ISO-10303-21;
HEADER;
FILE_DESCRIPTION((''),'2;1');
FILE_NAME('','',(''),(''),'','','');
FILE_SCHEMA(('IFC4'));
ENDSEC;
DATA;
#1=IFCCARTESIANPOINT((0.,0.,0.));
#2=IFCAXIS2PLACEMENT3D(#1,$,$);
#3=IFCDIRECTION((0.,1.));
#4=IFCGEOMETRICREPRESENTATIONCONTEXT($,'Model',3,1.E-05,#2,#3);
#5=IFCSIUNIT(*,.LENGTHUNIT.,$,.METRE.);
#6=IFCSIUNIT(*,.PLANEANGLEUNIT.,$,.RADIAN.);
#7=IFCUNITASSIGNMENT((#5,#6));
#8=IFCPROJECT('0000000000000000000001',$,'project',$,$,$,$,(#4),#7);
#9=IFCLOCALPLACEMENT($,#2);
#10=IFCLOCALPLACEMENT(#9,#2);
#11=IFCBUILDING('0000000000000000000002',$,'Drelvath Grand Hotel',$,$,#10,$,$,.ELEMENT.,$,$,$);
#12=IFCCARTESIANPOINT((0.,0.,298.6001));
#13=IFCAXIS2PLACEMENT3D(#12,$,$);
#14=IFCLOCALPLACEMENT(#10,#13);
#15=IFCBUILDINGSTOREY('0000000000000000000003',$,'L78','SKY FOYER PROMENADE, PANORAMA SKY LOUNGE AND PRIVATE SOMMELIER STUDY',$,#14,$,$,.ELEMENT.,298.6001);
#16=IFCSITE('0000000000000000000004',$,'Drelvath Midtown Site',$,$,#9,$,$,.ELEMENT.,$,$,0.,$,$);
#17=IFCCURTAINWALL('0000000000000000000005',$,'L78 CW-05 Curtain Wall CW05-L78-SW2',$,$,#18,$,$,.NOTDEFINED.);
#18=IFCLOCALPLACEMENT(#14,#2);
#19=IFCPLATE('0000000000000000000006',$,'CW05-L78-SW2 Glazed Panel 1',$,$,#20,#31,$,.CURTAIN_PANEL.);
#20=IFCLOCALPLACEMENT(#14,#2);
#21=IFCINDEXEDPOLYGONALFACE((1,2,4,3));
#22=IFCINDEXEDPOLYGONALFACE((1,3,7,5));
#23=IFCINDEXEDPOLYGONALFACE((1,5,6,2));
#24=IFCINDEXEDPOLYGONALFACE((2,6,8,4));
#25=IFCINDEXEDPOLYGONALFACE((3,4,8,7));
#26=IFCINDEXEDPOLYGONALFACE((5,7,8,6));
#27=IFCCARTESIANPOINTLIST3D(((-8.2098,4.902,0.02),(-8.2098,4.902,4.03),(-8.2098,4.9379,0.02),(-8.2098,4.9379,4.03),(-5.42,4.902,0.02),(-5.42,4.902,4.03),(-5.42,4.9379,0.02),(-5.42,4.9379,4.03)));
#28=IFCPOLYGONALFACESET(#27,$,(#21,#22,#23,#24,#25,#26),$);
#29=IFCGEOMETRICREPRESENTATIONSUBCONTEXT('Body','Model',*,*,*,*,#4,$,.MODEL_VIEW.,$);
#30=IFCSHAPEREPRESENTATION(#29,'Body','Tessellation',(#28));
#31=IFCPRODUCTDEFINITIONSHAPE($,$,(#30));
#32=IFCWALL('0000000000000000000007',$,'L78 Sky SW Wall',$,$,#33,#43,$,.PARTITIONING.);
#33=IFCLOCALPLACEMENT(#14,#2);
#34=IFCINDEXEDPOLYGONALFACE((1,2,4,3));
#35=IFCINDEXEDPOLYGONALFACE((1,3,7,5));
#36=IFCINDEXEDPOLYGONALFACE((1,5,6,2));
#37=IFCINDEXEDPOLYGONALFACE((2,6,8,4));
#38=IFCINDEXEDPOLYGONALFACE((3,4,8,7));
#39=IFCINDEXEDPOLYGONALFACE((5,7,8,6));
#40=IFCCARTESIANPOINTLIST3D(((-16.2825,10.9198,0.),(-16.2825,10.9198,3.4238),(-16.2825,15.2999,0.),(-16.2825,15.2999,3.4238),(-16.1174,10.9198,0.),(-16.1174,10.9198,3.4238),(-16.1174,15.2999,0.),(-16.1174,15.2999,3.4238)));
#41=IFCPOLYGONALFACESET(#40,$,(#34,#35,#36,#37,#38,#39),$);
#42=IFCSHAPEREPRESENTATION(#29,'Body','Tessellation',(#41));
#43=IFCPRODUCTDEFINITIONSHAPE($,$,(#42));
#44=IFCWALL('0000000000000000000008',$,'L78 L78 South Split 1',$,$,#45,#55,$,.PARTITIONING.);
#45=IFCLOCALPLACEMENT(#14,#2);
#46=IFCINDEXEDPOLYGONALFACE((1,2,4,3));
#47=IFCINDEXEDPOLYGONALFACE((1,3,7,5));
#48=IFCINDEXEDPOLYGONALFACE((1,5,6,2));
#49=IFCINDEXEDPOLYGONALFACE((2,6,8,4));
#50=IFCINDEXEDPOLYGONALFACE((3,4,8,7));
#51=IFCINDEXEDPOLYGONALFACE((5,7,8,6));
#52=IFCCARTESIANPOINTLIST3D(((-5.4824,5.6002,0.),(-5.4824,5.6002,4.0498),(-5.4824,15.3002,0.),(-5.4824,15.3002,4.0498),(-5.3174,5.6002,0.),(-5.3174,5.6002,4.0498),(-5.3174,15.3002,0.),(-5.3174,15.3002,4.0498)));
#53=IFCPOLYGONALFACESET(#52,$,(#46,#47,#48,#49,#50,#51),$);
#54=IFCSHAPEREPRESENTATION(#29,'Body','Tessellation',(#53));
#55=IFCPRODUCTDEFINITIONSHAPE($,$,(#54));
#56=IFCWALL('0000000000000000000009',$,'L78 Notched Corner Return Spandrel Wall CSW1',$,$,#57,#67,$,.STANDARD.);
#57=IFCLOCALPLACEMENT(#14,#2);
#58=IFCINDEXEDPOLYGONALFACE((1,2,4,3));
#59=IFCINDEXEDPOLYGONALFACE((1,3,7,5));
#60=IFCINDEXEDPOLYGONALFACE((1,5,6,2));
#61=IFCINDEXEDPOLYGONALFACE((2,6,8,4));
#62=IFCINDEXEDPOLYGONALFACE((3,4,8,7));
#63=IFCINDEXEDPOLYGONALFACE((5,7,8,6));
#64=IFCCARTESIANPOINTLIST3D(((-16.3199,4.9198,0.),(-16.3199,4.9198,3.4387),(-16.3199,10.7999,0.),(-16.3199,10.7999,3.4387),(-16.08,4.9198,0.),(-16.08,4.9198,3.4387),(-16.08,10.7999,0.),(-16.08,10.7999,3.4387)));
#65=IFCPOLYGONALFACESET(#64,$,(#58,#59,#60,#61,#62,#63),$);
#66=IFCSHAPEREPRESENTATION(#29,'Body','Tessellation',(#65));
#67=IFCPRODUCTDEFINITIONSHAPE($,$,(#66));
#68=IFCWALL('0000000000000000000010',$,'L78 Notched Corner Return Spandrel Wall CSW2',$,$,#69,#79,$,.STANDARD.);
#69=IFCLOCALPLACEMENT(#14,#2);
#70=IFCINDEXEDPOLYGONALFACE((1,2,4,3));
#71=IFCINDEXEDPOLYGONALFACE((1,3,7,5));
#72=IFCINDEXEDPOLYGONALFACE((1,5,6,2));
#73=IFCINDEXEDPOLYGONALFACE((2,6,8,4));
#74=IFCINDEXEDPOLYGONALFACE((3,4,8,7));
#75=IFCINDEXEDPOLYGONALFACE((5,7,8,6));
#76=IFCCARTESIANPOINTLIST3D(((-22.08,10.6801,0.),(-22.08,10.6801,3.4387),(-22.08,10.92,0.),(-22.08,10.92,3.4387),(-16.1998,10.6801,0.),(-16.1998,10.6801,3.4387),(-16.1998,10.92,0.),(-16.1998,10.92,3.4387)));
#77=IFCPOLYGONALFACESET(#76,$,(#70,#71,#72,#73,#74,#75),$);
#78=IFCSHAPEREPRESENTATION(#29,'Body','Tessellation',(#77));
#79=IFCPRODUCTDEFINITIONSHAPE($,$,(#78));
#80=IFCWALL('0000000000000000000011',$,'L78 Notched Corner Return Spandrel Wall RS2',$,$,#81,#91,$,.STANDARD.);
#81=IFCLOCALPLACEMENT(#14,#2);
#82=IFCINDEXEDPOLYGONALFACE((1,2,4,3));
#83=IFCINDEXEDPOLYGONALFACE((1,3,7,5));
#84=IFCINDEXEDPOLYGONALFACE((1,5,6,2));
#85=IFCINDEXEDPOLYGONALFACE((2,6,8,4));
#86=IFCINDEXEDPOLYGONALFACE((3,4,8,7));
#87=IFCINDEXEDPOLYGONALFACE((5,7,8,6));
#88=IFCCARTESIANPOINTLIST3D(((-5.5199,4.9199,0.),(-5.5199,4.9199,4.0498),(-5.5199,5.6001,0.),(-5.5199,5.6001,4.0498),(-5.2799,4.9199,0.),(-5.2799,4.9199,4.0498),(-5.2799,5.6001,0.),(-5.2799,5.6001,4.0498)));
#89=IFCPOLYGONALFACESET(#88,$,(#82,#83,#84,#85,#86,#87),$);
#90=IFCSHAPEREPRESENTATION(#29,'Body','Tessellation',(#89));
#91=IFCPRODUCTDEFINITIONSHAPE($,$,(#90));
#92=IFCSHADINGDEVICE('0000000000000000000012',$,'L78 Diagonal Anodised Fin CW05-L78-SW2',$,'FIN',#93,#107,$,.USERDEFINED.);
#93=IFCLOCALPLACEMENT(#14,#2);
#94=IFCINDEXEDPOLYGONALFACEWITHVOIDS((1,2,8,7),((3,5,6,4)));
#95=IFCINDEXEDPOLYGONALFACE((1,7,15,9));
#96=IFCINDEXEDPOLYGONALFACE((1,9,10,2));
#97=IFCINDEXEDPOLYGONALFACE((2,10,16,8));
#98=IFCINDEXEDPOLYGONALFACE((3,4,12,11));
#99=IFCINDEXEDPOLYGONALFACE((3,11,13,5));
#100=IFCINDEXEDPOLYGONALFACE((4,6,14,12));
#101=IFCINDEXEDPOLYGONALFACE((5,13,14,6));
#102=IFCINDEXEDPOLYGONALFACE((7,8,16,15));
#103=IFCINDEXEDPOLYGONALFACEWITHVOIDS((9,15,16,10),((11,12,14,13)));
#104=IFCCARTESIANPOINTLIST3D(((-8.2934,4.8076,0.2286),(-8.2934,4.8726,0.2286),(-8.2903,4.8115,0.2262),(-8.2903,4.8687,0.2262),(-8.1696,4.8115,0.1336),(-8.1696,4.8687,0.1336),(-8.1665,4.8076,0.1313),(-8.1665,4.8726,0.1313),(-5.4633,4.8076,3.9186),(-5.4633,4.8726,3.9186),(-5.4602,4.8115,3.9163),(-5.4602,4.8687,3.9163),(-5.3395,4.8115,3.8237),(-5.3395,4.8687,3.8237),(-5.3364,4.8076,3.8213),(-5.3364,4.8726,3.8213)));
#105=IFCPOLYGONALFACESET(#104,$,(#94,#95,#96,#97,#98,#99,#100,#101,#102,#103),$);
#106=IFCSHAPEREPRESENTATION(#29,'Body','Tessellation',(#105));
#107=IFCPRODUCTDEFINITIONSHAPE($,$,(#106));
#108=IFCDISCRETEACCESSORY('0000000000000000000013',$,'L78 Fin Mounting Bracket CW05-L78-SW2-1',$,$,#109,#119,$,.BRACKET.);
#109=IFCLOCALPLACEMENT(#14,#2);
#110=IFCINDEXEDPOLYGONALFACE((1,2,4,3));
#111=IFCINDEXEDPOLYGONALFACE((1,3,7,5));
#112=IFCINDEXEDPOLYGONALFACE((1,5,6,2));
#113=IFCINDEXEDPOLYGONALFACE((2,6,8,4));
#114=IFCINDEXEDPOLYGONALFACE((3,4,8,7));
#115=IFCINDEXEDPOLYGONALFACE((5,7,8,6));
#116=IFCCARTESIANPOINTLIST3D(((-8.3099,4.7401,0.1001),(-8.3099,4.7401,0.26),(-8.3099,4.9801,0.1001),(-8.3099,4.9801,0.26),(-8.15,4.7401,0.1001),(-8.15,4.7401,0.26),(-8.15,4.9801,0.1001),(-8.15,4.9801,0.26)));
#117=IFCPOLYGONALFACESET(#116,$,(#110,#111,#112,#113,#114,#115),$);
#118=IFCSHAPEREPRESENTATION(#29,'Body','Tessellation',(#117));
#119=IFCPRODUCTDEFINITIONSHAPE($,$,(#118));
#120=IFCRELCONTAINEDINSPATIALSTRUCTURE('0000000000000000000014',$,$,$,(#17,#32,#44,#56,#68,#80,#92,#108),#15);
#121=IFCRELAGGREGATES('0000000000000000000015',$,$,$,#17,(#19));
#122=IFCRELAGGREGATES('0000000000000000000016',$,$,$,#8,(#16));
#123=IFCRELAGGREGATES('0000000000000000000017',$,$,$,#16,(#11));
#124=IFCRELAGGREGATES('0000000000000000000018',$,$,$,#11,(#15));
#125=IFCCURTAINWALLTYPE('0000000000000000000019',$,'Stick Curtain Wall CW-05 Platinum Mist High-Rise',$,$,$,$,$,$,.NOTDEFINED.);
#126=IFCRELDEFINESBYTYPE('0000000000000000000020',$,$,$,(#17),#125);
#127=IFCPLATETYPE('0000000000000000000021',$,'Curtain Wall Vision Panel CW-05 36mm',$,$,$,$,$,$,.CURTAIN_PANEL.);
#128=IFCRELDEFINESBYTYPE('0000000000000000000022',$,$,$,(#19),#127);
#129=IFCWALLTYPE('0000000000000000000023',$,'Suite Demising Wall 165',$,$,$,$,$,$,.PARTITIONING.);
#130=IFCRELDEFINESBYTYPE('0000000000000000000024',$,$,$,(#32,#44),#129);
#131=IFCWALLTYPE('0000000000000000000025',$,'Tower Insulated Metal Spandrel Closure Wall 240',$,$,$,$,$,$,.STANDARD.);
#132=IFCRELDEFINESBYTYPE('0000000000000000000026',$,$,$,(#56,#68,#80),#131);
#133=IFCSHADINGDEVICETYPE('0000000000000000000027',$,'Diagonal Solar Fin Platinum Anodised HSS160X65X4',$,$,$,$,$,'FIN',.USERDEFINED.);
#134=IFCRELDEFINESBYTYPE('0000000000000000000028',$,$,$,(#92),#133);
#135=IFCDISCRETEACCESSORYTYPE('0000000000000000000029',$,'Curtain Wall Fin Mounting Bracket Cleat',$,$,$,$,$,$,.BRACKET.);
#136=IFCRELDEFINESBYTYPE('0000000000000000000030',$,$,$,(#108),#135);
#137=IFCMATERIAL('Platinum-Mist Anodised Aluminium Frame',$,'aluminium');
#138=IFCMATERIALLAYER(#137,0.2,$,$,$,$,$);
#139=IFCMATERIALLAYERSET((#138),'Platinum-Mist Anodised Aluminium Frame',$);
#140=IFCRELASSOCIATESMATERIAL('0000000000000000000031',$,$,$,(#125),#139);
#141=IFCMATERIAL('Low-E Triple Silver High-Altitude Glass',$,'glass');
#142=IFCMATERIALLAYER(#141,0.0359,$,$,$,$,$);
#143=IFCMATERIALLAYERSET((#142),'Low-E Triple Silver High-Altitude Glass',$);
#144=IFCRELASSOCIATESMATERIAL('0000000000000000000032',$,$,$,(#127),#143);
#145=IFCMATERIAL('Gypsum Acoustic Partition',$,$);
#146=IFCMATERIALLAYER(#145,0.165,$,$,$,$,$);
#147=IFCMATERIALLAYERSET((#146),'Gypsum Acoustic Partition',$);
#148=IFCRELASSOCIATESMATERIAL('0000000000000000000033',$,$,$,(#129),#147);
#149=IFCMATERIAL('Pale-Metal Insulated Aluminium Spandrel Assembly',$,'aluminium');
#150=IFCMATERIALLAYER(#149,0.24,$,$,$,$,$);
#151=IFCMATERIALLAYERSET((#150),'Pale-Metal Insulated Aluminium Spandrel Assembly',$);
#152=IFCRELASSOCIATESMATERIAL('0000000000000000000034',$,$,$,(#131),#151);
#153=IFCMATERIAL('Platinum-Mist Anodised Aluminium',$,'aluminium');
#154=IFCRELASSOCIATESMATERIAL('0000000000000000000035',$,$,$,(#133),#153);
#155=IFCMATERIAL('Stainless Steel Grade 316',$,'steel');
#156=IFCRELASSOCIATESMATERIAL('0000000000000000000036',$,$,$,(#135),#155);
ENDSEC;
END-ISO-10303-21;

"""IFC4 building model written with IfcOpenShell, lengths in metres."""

from ifc_helpers import new_model, si_unit, direction, frame, frame_2d, origin, origin_2d, place, context, subcontext, project, spatial, rectangle, hollow_rectangle, extrude, material, layer, layer_set, material_profile, profile_set, type_object, element, aggregate, save


model = new_model("IFC4")

# Units and contexts
model_context = context("Model", 3, precision=1e-05, world=origin(), true_north=direction((0.0, 1.0)))
body_context = subcontext(model_context, "Body", "Model", "MODEL_VIEW")
ifc_project = project(units=[si_unit("LENGTHUNIT", "METRE"), si_unit("PLANEANGLEUNIT", "RADIAN")], contexts=[model_context])

# Site, building, storey
site_placement = place(None, origin())
site = spatial("IfcSite", under=ifc_project, at=site_placement, Name="Drelvath Midtown Site", CompositionType="ELEMENT", RefElevation=0.0)
building_placement = place(site_placement, origin())
building = spatial("IfcBuilding", under=site, at=building_placement, Name="Drelvath Grand Hotel", CompositionType="ELEMENT")
storey_placement = place(building_placement, frame((0.0, 0.0, 298.6001)))
storey = spatial("IfcBuildingStorey", under=building, at=storey_placement, Name="L78", Description="SKY FOYER PROMENADE, PANORAMA SKY LOUNGE AND PRIVATE SOMMELIER STUDY", CompositionType="ELEMENT", Elevation=298.6001)

# Curtain wall
ifc_material_1 = material(Name="Platinum-Mist Anodised Aluminium Frame", Category="aluminium")
ifc_layer_1 = layer(ifc_material_1, 0.2)
ifc_layer_set_1 = layer_set([ifc_layer_1], Name="Platinum-Mist Anodised Aluminium Frame")
curtain_wall_type = type_object("IfcCurtainWallType", Name="Stick Curtain Wall CW-05 Platinum Mist High-Rise", PredefinedType="NOTDEFINED", material=ifc_layer_set_1)
curtain_wall_1_placement = place(storey_placement, origin())
curtain_wall_1 = element("IfcCurtainWall", 1, at=curtain_wall_1_placement, inside=storey, type_object=curtain_wall_type, Name="L78 CW-05 Curtain Wall CW05-L78-SW2", PredefinedType="NOTDEFINED")

# Plate
ifc_material_2 = material(Name="Low-E Triple Silver High-Altitude Glass", Category="glass")
ifc_layer_2 = layer(ifc_material_2, 0.0359)
ifc_layer_set_2 = layer_set([ifc_layer_2], Name="Low-E Triple Silver High-Altitude Glass")
plate_type = type_object("IfcPlateType", Name="Curtain Wall Vision Panel CW-05 36mm", PredefinedType="CURTAIN_PANEL", material=ifc_layer_set_2)
plate_1_placement = place(storey_placement, frame((-6.8149, 4.9199, 0.02), z_axis=(0.0, 0.0, 1.0), x_axis=(-1.0, 0.0, 0.0)))
plate_1 = element("IfcPlate", 2, at=plate_1_placement, type_object=plate_type, Name="CW05-L78-SW2 Glazed Panel 1", PredefinedType="CURTAIN_PANEL", context=body_context, shape_type="SweptSolid", body=[
    extrude(rectangle(XDim=2.7898, YDim=0.0359, at=origin_2d()), origin(), (0.0, 0.0, 1.0), 4.01),
])
aggregate(curtain_wall_1, [plate_1])

# Walls
ifc_material_3 = material(Name="Gypsum Acoustic Partition")
ifc_layer_3 = layer(ifc_material_3, 0.165)
ifc_layer_set_3 = layer_set([ifc_layer_3], Name="Gypsum Acoustic Partition")
wall_type_1 = type_object("IfcWallType", Name="Suite Demising Wall 165", PredefinedType="PARTITIONING", material=ifc_layer_set_3)
wall_1_placement = place(storey_placement, frame((-16.2, 10.9199, 0.0), z_axis=(0.0, 0.0, 1.0), x_axis=(0.0, 1.0, 0.0)))
element("IfcWall", 3, at=wall_1_placement, inside=storey, type_object=wall_type_1, Name="L78 Sky SW Wall", PredefinedType="PARTITIONING", context=body_context, shape_type="SweptSolid", body=[
    extrude(rectangle(XDim=4.3801, YDim=0.165, at=frame_2d((2.1899, 0.0))), origin(), (0.0, 0.0, 1.0), 3.4238),
])
wall_2_placement = place(storey_placement, frame((-5.3999, 5.6001, 0.0), z_axis=(0.0, 0.0, 1.0), x_axis=(0.0, 1.0, 0.0)))
element("IfcWall", 4, at=wall_2_placement, inside=storey, type_object=wall_type_1, Name="L78 L78 South Split 1", PredefinedType="PARTITIONING", context=body_context, shape_type="SweptSolid", body=[
    extrude(rectangle(XDim=9.7, YDim=0.165, at=frame_2d((4.8501, 0.0))), origin(), (0.0, 0.0, 1.0), 4.0498),
])
ifc_material_4 = material(Name="Pale-Metal Insulated Aluminium Spandrel Assembly", Category="aluminium")
ifc_layer_4 = layer(ifc_material_4, 0.24)
ifc_layer_set_4 = layer_set([ifc_layer_4], Name="Pale-Metal Insulated Aluminium Spandrel Assembly")
wall_type_2 = type_object("IfcWallType", Name="Tower Insulated Metal Spandrel Closure Wall 240", PredefinedType="STANDARD", material=ifc_layer_set_4)
for number, where, z_axis, x_axis, name in (
    (5, (-16.2, 4.9199, 0.0), (0.0, 0.0, 1.0), (0.0, 1.0, 0.0), "L78 Notched Corner Return Spandrel Wall CSW1"),
    (6, (-16.2, 10.8, 0.0), (0.0, 0.0, 1.0), (-1.0, 0.0, 0.0), "L78 Notched Corner Return Spandrel Wall CSW2"),
):
    element("IfcWall", number, at=place(storey_placement, frame(where, z_axis=z_axis, x_axis=x_axis)), inside=storey, type_object=wall_type_2, Name=name, PredefinedType="STANDARD", context=body_context, shape_type="SweptSolid", body=[
        extrude(rectangle(XDim=5.8801, YDim=0.24, at=frame_2d((2.9399, 0.0))), origin(), (0.0, 0.0, 1.0), 3.4387),
    ])
wall_3_placement = place(storey_placement, frame((-5.3999, 5.6001, 0.0), z_axis=(0.0, 0.0, 1.0), x_axis=(0.0, -1.0, 0.0)))
element("IfcWall", 7, at=wall_3_placement, inside=storey, type_object=wall_type_2, Name="L78 Notched Corner Return Spandrel Wall RS2", PredefinedType="STANDARD", context=body_context, shape_type="SweptSolid", body=[
    extrude(rectangle(XDim=0.6802, YDim=0.24, at=frame_2d((0.3401, 0.0))), origin(), (0.0, 0.0, 1.0), 4.0498),
])

# Shading device
ifc_material_5 = material(Name="Platinum-Mist Anodised Aluminium", Category="aluminium")
ifc_material_profile_1 = material_profile(ifc_material_5, hollow_rectangle(XDim=0.0649, YDim=0.1599, WallThickness=0.0039, at=origin_2d()), Name="HSS160X65X4")
ifc_profile_set_1 = profile_set([ifc_material_profile_1], Name="Platinum-Mist Anodised Aluminium")
shading_device_type = type_object("IfcShadingDeviceType", Name="Diagonal Solar Fin Platinum Anodised HSS160X65X4", ElementType="FIN", PredefinedType="USERDEFINED", material=ifc_profile_set_1)
shading_device_placement = place(storey_placement, frame((-8.23, 4.8401, 0.1799), z_axis=(0.608584, 0.0, 0.79349), x_axis=(0.0, 1.0, 0.0)))
element("IfcShadingDevice", 8, at=shading_device_placement, inside=storey, type_object=shading_device_type, Name="L78 Diagonal Anodised Fin CW05-L78-SW2", ObjectType="FIN", PredefinedType="USERDEFINED", context=body_context, shape_type="SweptSolid", body=[
    extrude(hollow_rectangle(XDim=0.0649, YDim=0.1599, WallThickness=0.0039, at=origin_2d()), origin(), (0.0, 0.0, 1.0), 4.6504),
])

# Discrete accessory
ifc_material_6 = material(Name="Stainless Steel Grade 316", Category="steel")
discrete_accessory_type = type_object("IfcDiscreteAccessoryType", Name="Curtain Wall Fin Mounting Bracket Cleat", PredefinedType="BRACKET", material=ifc_material_6)
discrete_accessory_placement = place(storey_placement, frame((-8.23, 4.8601, 0.1001), z_axis=(0.0, 0.0, 1.0), x_axis=(-1.0, 0.0, 0.0)))
element("IfcDiscreteAccessory", 9, at=discrete_accessory_placement, inside=storey, type_object=discrete_accessory_type, Name="L78 Fin Mounting Bracket CW05-L78-SW2-1", PredefinedType="BRACKET", context=body_context, shape_type="SweptSolid", body=[
    extrude(rectangle(XDim=0.1599, YDim=0.24, at=origin_2d()), origin(), (0.0, 0.0, 1.0), 0.1599),
])

save(model, "model.ifc")
